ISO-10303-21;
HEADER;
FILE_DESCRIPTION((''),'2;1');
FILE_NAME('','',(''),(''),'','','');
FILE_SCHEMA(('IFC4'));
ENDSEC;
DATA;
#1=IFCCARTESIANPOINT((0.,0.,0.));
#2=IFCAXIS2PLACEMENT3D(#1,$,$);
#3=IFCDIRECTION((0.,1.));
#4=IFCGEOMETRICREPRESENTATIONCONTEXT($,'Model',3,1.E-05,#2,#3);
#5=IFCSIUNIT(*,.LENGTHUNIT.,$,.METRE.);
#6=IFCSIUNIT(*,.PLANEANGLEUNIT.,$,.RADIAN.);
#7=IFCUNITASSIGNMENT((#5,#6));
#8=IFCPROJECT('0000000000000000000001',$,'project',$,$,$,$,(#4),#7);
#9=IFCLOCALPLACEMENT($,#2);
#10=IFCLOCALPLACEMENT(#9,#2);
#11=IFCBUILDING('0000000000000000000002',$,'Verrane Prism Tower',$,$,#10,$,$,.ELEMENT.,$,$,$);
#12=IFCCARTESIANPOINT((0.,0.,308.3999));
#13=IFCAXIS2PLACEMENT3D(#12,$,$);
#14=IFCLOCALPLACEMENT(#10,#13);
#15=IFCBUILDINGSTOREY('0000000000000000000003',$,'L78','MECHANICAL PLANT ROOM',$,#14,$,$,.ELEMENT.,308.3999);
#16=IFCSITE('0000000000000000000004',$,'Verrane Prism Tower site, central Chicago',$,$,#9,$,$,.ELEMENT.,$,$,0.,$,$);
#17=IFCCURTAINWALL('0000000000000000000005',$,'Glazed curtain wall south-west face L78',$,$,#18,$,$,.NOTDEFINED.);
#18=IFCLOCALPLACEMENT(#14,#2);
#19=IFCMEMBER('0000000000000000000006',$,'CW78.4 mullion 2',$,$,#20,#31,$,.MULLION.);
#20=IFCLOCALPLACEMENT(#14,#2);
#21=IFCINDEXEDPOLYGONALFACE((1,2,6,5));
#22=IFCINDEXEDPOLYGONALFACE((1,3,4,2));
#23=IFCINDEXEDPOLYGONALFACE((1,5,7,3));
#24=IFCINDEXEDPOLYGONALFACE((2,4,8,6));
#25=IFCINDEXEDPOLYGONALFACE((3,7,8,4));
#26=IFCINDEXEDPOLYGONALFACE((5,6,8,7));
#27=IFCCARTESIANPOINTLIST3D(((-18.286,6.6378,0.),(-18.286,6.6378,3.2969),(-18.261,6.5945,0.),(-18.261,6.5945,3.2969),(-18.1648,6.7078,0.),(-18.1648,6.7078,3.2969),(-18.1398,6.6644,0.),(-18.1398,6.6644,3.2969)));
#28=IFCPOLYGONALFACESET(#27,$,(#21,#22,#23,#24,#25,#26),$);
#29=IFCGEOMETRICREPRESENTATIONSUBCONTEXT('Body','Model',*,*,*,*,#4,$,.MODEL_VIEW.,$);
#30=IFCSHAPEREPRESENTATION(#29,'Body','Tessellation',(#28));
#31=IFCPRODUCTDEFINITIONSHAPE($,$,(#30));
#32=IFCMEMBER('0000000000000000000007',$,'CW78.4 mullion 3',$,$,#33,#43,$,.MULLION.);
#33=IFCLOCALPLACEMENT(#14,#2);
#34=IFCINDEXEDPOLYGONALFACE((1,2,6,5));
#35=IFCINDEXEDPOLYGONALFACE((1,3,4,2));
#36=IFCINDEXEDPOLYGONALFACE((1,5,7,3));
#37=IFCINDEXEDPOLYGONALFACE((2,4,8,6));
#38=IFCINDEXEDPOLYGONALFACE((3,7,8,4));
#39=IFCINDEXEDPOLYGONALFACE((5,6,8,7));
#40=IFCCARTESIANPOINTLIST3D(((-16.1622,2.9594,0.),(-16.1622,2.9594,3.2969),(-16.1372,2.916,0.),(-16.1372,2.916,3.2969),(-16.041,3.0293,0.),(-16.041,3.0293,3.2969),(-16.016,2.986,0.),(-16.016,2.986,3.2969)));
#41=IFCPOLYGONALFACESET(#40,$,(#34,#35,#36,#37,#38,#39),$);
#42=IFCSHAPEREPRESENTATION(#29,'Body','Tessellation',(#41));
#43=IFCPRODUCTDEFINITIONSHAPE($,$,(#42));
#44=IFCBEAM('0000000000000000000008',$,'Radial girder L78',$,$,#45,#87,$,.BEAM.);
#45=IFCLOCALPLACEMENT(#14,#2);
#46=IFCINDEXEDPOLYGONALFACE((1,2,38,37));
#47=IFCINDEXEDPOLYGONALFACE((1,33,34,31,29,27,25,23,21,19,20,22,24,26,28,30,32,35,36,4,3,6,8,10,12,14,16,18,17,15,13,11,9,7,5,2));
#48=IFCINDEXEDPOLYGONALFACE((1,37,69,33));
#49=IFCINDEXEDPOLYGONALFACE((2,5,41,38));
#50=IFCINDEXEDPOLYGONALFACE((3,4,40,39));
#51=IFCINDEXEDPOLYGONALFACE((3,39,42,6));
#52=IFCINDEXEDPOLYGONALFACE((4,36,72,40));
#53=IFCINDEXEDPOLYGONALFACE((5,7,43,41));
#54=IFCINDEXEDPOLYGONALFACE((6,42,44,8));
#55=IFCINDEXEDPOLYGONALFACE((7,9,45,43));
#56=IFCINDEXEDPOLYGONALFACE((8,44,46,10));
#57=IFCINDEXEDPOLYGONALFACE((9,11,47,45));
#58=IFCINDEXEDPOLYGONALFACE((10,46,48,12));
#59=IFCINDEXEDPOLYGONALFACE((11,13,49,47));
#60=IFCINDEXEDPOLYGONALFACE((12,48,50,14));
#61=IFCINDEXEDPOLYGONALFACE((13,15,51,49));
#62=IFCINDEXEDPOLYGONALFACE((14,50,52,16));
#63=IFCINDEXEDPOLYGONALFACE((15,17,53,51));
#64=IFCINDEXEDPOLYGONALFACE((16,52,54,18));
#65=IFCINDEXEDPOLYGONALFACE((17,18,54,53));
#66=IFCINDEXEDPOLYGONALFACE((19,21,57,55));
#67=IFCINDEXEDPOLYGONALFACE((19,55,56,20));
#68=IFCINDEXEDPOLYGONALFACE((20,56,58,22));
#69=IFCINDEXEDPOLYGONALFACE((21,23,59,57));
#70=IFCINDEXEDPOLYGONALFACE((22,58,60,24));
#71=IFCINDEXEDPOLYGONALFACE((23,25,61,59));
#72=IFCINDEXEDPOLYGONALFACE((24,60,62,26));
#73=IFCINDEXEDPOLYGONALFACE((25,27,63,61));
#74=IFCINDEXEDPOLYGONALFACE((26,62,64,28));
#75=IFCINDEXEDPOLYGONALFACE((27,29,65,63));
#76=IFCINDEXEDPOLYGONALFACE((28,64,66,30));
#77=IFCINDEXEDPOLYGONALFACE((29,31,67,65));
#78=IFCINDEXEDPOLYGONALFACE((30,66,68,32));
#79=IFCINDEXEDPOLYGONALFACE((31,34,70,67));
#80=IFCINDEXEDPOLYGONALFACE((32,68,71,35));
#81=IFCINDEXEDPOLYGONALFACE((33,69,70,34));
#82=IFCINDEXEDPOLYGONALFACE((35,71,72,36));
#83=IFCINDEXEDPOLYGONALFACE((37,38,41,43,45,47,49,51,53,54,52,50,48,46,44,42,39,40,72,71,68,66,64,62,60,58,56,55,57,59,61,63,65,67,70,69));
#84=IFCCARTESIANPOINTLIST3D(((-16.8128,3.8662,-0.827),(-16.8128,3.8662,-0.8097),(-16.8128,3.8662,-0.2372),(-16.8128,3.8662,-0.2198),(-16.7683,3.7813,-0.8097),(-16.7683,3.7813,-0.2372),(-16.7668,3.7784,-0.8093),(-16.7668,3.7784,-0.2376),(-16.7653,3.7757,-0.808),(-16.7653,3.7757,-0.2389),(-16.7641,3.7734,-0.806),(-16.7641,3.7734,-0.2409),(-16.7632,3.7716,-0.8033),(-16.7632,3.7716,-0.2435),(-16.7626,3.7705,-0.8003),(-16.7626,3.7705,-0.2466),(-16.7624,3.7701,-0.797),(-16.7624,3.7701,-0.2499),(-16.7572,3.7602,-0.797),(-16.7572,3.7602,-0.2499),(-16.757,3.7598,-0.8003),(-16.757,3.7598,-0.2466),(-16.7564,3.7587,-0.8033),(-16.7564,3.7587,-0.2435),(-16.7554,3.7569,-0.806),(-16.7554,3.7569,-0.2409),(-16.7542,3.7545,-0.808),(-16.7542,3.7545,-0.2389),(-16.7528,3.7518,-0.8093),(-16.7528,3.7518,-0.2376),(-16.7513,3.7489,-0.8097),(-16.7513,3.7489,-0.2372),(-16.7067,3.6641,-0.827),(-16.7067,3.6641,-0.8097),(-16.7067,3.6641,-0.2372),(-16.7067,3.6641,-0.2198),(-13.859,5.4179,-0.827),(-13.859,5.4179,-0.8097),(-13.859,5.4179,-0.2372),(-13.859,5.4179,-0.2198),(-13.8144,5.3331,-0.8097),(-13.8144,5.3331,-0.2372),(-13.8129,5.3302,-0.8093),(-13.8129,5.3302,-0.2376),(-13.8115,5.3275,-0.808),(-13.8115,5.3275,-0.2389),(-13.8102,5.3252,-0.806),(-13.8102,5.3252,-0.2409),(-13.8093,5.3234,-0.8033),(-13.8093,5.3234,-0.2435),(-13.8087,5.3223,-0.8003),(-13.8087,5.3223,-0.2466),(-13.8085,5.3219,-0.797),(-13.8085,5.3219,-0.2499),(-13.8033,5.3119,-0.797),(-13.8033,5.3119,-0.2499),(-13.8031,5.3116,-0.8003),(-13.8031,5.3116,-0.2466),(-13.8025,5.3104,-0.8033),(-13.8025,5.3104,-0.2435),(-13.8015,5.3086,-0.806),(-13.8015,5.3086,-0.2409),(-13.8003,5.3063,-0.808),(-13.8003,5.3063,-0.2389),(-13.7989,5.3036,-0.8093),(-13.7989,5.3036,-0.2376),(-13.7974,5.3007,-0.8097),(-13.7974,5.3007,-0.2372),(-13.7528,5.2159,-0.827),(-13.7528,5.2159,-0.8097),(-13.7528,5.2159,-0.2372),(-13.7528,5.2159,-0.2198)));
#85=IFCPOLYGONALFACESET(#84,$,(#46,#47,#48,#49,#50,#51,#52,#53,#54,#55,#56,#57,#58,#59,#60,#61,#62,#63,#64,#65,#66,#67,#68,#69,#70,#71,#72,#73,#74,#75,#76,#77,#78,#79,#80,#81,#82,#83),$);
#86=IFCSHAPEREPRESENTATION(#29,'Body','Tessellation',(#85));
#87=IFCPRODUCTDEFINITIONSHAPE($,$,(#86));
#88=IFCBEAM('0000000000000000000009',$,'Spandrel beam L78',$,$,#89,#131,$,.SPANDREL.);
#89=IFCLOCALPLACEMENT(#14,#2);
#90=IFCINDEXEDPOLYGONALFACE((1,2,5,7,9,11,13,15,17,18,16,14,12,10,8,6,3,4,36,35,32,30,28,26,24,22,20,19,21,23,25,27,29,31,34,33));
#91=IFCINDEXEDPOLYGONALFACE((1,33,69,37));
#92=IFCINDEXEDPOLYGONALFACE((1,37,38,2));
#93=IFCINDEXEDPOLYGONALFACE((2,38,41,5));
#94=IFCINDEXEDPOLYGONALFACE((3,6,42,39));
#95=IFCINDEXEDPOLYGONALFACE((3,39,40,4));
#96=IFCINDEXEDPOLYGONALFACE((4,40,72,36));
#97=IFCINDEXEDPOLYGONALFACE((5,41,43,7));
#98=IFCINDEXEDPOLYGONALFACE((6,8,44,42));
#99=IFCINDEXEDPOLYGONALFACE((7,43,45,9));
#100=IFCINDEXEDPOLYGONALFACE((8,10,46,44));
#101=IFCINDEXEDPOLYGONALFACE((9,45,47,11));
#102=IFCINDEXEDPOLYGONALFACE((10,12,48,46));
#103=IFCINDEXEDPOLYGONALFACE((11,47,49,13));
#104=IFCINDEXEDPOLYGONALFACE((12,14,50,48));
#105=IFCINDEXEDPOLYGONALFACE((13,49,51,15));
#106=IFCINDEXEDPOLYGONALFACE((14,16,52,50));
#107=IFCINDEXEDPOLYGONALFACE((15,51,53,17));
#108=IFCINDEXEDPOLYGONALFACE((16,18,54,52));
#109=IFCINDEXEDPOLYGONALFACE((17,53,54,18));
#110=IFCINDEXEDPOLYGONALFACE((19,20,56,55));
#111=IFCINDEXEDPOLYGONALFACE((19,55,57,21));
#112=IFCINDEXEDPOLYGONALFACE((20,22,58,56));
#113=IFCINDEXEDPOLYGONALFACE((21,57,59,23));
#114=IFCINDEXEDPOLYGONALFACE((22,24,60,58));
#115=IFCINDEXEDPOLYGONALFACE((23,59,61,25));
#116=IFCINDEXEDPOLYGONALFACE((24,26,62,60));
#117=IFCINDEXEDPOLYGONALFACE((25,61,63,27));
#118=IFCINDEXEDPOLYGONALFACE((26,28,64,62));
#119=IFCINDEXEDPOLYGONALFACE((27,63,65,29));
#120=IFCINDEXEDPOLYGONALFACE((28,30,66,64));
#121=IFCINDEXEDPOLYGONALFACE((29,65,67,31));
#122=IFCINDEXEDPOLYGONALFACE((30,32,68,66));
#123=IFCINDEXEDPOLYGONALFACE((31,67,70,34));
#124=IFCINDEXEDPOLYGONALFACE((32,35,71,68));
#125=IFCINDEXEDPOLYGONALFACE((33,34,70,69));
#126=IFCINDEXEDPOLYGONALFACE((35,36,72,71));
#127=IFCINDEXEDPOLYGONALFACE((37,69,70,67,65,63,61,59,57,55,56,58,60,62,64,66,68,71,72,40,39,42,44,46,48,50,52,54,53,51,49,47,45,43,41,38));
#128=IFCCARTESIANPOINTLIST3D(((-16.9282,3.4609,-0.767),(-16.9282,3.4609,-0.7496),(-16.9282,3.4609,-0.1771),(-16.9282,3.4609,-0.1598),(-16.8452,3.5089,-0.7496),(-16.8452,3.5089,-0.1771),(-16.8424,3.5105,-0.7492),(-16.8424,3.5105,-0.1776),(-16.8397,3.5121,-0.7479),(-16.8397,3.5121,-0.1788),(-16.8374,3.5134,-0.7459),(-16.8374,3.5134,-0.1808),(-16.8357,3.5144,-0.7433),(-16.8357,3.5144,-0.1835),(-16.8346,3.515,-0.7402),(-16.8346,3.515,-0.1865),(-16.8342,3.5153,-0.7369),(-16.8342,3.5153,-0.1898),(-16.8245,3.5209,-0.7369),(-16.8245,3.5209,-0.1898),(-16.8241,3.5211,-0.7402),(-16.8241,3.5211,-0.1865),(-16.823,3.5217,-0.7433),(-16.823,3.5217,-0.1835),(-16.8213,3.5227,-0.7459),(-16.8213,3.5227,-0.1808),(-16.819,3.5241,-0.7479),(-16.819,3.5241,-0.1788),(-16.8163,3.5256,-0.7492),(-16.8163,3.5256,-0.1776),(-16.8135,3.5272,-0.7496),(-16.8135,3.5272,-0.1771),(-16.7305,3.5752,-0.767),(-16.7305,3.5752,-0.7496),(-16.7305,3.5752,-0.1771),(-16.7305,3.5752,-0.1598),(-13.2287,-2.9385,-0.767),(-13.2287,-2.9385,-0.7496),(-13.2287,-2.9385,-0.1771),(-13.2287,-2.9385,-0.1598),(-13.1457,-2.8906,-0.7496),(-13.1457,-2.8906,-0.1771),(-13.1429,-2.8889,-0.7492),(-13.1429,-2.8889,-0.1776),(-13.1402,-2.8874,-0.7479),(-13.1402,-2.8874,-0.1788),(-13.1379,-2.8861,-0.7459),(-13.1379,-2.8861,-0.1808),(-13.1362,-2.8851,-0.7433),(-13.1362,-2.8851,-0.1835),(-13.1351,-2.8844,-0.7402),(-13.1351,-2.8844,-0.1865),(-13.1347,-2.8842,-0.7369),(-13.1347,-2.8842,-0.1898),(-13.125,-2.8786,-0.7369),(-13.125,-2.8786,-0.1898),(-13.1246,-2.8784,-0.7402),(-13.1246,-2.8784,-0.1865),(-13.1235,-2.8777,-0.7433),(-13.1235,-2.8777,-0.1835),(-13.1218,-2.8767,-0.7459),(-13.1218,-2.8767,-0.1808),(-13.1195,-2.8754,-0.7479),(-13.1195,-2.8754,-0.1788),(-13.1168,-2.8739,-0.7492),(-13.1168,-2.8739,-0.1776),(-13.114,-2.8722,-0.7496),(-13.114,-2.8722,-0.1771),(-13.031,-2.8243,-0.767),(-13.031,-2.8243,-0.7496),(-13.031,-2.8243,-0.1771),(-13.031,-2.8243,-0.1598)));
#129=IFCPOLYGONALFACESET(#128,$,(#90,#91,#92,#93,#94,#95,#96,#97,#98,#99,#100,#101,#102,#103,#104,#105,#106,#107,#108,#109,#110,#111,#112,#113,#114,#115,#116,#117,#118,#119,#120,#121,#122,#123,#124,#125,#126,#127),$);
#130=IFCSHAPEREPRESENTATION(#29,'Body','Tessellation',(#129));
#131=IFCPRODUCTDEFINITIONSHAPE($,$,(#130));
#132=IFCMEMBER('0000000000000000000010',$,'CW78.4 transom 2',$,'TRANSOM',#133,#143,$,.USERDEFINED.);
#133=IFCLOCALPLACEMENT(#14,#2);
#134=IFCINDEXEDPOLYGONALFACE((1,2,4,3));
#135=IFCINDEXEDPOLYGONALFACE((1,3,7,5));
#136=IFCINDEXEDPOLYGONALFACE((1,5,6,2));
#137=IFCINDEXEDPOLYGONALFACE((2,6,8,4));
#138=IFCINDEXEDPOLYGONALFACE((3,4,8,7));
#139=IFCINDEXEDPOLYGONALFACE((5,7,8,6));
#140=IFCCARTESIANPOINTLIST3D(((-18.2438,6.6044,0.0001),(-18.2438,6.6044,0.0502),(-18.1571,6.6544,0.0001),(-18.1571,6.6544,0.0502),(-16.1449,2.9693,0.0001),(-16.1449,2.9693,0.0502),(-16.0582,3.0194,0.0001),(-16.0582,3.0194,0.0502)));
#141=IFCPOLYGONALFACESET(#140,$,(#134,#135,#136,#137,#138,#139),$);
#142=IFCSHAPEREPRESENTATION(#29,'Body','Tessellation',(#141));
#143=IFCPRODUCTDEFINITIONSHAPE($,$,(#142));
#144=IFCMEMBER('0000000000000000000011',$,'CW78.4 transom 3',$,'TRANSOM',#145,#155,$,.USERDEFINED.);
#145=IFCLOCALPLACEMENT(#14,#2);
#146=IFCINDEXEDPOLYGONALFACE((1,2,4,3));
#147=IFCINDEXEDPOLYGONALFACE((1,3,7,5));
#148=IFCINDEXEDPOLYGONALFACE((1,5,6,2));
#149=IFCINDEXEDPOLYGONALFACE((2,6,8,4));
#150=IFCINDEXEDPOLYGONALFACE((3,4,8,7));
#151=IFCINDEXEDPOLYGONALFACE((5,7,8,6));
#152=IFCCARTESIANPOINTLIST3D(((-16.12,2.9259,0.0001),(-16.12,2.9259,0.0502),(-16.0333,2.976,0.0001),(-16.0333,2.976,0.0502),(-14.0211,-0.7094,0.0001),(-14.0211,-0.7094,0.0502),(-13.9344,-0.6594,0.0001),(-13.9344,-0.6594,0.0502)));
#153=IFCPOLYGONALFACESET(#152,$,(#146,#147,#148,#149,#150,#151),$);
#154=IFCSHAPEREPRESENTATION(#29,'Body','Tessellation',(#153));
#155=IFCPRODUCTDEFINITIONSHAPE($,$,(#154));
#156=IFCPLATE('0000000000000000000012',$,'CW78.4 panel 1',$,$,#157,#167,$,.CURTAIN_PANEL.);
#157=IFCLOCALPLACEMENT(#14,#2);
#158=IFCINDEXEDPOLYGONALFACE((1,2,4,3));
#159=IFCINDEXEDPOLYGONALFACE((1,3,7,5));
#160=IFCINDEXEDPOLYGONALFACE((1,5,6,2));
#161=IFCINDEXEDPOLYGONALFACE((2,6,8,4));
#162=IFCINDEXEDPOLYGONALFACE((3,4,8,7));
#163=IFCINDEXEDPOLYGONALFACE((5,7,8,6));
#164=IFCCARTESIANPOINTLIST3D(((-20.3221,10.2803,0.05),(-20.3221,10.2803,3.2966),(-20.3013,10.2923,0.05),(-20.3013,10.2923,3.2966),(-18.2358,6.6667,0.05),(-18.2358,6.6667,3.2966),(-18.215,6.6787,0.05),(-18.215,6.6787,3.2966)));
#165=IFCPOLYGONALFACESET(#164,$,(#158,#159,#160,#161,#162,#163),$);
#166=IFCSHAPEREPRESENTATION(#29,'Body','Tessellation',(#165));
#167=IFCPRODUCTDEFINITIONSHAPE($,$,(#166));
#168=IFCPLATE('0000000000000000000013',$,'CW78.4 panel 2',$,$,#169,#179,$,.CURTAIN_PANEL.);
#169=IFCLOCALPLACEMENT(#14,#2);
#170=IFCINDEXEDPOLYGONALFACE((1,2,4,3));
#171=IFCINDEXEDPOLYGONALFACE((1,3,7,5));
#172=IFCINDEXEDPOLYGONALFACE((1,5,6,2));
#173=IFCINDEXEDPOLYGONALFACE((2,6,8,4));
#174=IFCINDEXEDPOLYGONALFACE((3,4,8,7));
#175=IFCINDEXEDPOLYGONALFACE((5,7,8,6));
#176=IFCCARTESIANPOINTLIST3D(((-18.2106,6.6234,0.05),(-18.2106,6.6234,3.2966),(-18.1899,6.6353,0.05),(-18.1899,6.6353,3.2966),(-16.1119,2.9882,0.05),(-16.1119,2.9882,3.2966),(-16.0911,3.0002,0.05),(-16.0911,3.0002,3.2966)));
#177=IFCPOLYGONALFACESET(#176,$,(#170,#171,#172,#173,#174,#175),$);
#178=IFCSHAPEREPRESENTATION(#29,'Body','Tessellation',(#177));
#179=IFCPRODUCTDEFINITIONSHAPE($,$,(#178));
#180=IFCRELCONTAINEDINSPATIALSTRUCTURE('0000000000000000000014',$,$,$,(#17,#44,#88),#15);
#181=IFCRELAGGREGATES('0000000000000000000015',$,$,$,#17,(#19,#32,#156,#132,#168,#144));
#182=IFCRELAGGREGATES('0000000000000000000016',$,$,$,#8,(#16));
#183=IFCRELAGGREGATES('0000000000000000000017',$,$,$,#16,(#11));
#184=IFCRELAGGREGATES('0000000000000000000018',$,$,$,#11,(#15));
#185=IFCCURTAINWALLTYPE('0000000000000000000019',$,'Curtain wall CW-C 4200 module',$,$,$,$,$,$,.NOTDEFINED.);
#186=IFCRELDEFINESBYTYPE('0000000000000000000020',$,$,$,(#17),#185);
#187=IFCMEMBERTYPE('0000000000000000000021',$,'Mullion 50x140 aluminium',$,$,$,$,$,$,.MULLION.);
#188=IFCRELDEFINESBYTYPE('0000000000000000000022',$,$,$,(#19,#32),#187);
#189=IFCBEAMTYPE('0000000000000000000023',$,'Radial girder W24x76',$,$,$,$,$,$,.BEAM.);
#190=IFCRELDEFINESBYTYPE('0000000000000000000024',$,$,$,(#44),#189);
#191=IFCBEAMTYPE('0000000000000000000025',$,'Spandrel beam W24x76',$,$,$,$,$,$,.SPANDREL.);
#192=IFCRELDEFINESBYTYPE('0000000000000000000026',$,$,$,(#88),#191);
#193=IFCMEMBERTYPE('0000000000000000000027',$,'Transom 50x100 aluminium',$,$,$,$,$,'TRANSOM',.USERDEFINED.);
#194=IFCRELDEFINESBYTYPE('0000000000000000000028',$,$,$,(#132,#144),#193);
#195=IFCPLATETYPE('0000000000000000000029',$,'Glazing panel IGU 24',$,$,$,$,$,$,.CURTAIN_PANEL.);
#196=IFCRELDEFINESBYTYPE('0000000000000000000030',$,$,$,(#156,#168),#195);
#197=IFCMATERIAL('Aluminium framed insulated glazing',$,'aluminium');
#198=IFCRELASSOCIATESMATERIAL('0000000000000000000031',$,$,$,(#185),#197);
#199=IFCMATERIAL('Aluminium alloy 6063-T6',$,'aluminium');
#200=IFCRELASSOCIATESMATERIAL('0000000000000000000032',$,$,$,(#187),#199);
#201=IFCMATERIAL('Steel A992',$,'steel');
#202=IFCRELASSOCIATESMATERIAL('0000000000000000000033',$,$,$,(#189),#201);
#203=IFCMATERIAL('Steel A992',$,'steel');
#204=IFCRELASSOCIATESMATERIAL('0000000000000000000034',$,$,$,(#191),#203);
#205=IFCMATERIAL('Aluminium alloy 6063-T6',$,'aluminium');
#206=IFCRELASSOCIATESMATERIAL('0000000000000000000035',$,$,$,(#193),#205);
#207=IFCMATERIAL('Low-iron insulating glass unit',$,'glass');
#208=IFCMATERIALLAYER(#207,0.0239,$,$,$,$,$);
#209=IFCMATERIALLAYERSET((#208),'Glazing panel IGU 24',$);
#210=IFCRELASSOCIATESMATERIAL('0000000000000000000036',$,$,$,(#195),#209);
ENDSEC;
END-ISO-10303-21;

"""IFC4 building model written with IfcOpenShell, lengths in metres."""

from ifc_helpers import new_model, si_unit, direction, frame, origin, origin_2d, place, context, subcontext, project, spatial, rectangle, i_section, extrude, material, layer, layer_set, material_profile, profile_set, type_object, element, aggregate, save


model = new_model("IFC4")

# Units and contexts
model_context = context("Model", 3, precision=1e-05, world=origin(), true_north=direction((0.0, 1.0)))
body_context = subcontext(model_context, "Body", "Model", "MODEL_VIEW")
ifc_project = project(units=[si_unit("LENGTHUNIT", "METRE"), si_unit("PLANEANGLEUNIT", "RADIAN")], contexts=[model_context])

# Site, building, storey
site_placement = place(None, origin())
site = spatial("IfcSite", under=ifc_project, at=site_placement, Name="Verrane Prism Tower site, central Chicago", CompositionType="ELEMENT", RefElevation=0.0)
building_placement = place(site_placement, origin())
building = spatial("IfcBuilding", under=site, at=building_placement, Name="Verrane Prism Tower", CompositionType="ELEMENT")
storey_placement = place(building_placement, frame((0.0, 0.0, 308.3999)))
storey = spatial("IfcBuildingStorey", under=building, at=storey_placement, Name="L78", Description="MECHANICAL PLANT ROOM", CompositionType="ELEMENT", Elevation=308.3999)

# Curtain wall, members
ifc_material_1 = material(Name="Aluminium framed insulated glazing", Category="aluminium")
curtain_wall_type = type_object("IfcCurtainWallType", Name="Curtain wall CW-C 4200 module", PredefinedType="NOTDEFINED", material=ifc_material_1)
curtain_wall_placement = place(storey_placement, origin())
curtain_wall = element("IfcCurtainWall", 1, at=curtain_wall_placement, inside=storey, type_object=curtain_wall_type, Name="Glazed curtain wall south-west face L78", PredefinedType="NOTDEFINED")
ifc_material_2 = material(Name="Aluminium alloy 6063-T6", Category="aluminium")
ifc_material_profile_1 = material_profile(ifc_material_2, rectangle(XDim=0.1399, YDim=0.05, at=origin_2d()), Name="Mullion 50x140 aluminium")
ifc_profile_set_1 = profile_set([ifc_material_profile_1], Name="Aluminium alloy 6063-T6")
member_type_1 = type_object("IfcMemberType", Name="Mullion 50x140 aluminium", PredefinedType="MULLION", material=ifc_profile_set_1)
member_1_placement = place(storey_placement, frame((-18.2129, 6.6511, 0.0), z_axis=(0.0, 0.0, 1.0), x_axis=(0.866025, 0.5, 0.0)))
member_1 = element("IfcMember", 2, at=member_1_placement, type_object=member_type_1, Name="CW78.4 mullion 2", PredefinedType="MULLION", context=body_context, shape_type="SweptSolid", body=[
    extrude(rectangle(XDim=0.1399, YDim=0.05, at=origin_2d()), origin(), (0.0, 0.0, 1.0), 3.2969),
])
member_2_placement = place(storey_placement, frame((-16.0891, 2.9727, 0.0), z_axis=(0.0, 0.0, 1.0), x_axis=(0.866025, 0.5, 0.0)))
member_2 = element("IfcMember", 3, at=member_2_placement, type_object=member_type_1, Name="CW78.4 mullion 3", PredefinedType="MULLION", context=body_context, shape_type="SweptSolid", body=[
    extrude(rectangle(XDim=0.1399, YDim=0.05, at=origin_2d()), origin(), (0.0, 0.0, 1.0), 3.2969),
])

# Beams
ifc_material_3 = material(Name="Steel A992", Category="steel")
ifc_material_profile_2 = material_profile(ifc_material_3, i_section(OverallWidth=0.2283, OverallDepth=0.6072, WebThickness=0.0112, FlangeThickness=0.0173, FilletRadius=0.0127, at=origin_2d()), Name="W24x76")
ifc_profile_set_2 = profile_set([ifc_material_profile_2], Name="Steel A992")
beam_type_1 = type_object("IfcBeamType", Name="Radial girder W24x76", PredefinedType="BEAM", material=ifc_profile_set_2)
beam_1_placement = place(storey_placement, frame((-16.7598, 3.7651, -0.5234), z_axis=(0.885277, 0.465065, 0.0), x_axis=(-0.465065, 0.885277, 0.0)))
element("IfcBeam", 4, at=beam_1_placement, inside=storey, type_object=beam_type_1, Name="Radial girder L78", PredefinedType="BEAM", context=body_context, shape_type="SweptSolid", body=[
    extrude(i_section(OverallWidth=0.2283, OverallDepth=0.6072, WebThickness=0.0112, FlangeThickness=0.0173, FilletRadius=0.0127, at=origin_2d()), origin(), (0.0, 0.0, 1.0), 3.3367),
])
ifc_material_4 = material(Name="Steel A992", Category="steel")
ifc_material_profile_3 = material_profile(ifc_material_4, i_section(OverallWidth=0.2283, OverallDepth=0.6072, WebThickness=0.0112, FlangeThickness=0.0173, FilletRadius=0.0127, at=origin_2d()), Name="W24x76")
ifc_profile_set_3 = profile_set([ifc_material_profile_3], Name="Steel A992")
beam_type_2 = type_object("IfcBeamType", Name="Spandrel beam W24x76", PredefinedType="SPANDREL", material=ifc_profile_set_3)
beam_2_placement = place(storey_placement, frame((-16.8293, 3.5181, -0.4634), z_axis=(0.500483, -0.865746, 0.0), x_axis=(0.865746, 0.500483, 0.0)))
element("IfcBeam", 5, at=beam_2_placement, inside=storey, type_object=beam_type_2, Name="Spandrel beam L78", PredefinedType="SPANDREL", context=body_context, shape_type="SweptSolid", body=[
    extrude(i_section(OverallWidth=0.2283, OverallDepth=0.6072, WebThickness=0.0112, FlangeThickness=0.0173, FilletRadius=0.0127, at=origin_2d()), origin(), (0.0, 0.0, 1.0), 7.3918),
])

# Members
ifc_material_5 = material(Name="Aluminium alloy 6063-T6", Category="aluminium")
ifc_material_profile_4 = material_profile(ifc_material_5, rectangle(XDim=0.1001, YDim=0.05, at=origin_2d()), Name="Transom 50x100 aluminium")
ifc_profile_set_4 = profile_set([ifc_material_profile_4], Name="Aluminium alloy 6063-T6")
member_type_2 = type_object("IfcMemberType", Name="Transom 50x100 aluminium", ElementType="TRANSOM", PredefinedType="USERDEFINED", material=ifc_profile_set_4)
member_3_placement = place(storey_placement, frame((-18.2004, 6.6294, 0.0251), z_axis=(0.500036, -0.866004, 0.0), x_axis=(0.866004, 0.500036, 0.0)))
member_3 = element("IfcMember", 6, at=member_3_placement, type_object=member_type_2, Name="CW78.4 transom 2", ObjectType="TRANSOM", PredefinedType="USERDEFINED", context=body_context, shape_type="SweptSolid", body=[
    extrude(rectangle(XDim=0.1001, YDim=0.05, at=origin_2d()), origin(), (0.0, 0.0, 1.0), 4.1975),
])
member_4_placement = place(storey_placement, frame((-16.0767, 2.9509, 0.0251), z_axis=(0.500011, -0.866019, 0.0), x_axis=(0.866019, 0.500011, 0.0)))
member_4 = element("IfcMember", 7, at=member_4_placement, type_object=member_type_2, Name="CW78.4 transom 3", ObjectType="TRANSOM", PredefinedType="USERDEFINED", context=body_context, shape_type="SweptSolid", body=[
    extrude(rectangle(XDim=0.1001, YDim=0.05, at=origin_2d()), origin(), (0.0, 0.0, 1.0), 4.1978),
])

# Plates
ifc_material_6 = material(Name="Low-iron insulating glass unit", Category="glass")
ifc_layer_1 = layer(ifc_material_6, 0.0239)
ifc_layer_set_1 = layer_set([ifc_layer_1], Name="Glazing panel IGU 24")
plate_type = type_object("IfcPlateType", Name="Glazing panel IGU 24", PredefinedType="CURTAIN_PANEL", material=ifc_layer_set_1)
plate_1_placement = place(storey_placement, frame((-19.2686, 8.4795, 0.05), z_axis=(0.0, 0.0, 1.0), x_axis=(0.5, -0.866025, 0.0)))
plate_1 = element("IfcPlate", 8, at=plate_1_placement, type_object=plate_type, Name="CW78.4 panel 1", PredefinedType="CURTAIN_PANEL", context=body_context, shape_type="SweptSolid", body=[
    extrude(rectangle(XDim=4.1726, YDim=0.0239, at=origin_2d()), origin(), (0.0, 0.0, 1.0), 3.2466),
])
plate_2_placement = place(storey_placement, frame((-17.1509, 4.8118, 0.05), z_axis=(0.0, 0.0, 1.0), x_axis=(0.5, -0.866025, 0.0)))
plate_2 = element("IfcPlate", 9, at=plate_2_placement, type_object=plate_type, Name="CW78.4 panel 2", PredefinedType="CURTAIN_PANEL", context=body_context, shape_type="SweptSolid", body=[
    extrude(rectangle(XDim=4.1975, YDim=0.0239, at=origin_2d()), origin(), (0.0, 0.0, 1.0), 3.2466),
])
aggregate(curtain_wall, [member_1, member_2, plate_1, member_3, plate_2, member_4])

save(model, "model.ifc")
